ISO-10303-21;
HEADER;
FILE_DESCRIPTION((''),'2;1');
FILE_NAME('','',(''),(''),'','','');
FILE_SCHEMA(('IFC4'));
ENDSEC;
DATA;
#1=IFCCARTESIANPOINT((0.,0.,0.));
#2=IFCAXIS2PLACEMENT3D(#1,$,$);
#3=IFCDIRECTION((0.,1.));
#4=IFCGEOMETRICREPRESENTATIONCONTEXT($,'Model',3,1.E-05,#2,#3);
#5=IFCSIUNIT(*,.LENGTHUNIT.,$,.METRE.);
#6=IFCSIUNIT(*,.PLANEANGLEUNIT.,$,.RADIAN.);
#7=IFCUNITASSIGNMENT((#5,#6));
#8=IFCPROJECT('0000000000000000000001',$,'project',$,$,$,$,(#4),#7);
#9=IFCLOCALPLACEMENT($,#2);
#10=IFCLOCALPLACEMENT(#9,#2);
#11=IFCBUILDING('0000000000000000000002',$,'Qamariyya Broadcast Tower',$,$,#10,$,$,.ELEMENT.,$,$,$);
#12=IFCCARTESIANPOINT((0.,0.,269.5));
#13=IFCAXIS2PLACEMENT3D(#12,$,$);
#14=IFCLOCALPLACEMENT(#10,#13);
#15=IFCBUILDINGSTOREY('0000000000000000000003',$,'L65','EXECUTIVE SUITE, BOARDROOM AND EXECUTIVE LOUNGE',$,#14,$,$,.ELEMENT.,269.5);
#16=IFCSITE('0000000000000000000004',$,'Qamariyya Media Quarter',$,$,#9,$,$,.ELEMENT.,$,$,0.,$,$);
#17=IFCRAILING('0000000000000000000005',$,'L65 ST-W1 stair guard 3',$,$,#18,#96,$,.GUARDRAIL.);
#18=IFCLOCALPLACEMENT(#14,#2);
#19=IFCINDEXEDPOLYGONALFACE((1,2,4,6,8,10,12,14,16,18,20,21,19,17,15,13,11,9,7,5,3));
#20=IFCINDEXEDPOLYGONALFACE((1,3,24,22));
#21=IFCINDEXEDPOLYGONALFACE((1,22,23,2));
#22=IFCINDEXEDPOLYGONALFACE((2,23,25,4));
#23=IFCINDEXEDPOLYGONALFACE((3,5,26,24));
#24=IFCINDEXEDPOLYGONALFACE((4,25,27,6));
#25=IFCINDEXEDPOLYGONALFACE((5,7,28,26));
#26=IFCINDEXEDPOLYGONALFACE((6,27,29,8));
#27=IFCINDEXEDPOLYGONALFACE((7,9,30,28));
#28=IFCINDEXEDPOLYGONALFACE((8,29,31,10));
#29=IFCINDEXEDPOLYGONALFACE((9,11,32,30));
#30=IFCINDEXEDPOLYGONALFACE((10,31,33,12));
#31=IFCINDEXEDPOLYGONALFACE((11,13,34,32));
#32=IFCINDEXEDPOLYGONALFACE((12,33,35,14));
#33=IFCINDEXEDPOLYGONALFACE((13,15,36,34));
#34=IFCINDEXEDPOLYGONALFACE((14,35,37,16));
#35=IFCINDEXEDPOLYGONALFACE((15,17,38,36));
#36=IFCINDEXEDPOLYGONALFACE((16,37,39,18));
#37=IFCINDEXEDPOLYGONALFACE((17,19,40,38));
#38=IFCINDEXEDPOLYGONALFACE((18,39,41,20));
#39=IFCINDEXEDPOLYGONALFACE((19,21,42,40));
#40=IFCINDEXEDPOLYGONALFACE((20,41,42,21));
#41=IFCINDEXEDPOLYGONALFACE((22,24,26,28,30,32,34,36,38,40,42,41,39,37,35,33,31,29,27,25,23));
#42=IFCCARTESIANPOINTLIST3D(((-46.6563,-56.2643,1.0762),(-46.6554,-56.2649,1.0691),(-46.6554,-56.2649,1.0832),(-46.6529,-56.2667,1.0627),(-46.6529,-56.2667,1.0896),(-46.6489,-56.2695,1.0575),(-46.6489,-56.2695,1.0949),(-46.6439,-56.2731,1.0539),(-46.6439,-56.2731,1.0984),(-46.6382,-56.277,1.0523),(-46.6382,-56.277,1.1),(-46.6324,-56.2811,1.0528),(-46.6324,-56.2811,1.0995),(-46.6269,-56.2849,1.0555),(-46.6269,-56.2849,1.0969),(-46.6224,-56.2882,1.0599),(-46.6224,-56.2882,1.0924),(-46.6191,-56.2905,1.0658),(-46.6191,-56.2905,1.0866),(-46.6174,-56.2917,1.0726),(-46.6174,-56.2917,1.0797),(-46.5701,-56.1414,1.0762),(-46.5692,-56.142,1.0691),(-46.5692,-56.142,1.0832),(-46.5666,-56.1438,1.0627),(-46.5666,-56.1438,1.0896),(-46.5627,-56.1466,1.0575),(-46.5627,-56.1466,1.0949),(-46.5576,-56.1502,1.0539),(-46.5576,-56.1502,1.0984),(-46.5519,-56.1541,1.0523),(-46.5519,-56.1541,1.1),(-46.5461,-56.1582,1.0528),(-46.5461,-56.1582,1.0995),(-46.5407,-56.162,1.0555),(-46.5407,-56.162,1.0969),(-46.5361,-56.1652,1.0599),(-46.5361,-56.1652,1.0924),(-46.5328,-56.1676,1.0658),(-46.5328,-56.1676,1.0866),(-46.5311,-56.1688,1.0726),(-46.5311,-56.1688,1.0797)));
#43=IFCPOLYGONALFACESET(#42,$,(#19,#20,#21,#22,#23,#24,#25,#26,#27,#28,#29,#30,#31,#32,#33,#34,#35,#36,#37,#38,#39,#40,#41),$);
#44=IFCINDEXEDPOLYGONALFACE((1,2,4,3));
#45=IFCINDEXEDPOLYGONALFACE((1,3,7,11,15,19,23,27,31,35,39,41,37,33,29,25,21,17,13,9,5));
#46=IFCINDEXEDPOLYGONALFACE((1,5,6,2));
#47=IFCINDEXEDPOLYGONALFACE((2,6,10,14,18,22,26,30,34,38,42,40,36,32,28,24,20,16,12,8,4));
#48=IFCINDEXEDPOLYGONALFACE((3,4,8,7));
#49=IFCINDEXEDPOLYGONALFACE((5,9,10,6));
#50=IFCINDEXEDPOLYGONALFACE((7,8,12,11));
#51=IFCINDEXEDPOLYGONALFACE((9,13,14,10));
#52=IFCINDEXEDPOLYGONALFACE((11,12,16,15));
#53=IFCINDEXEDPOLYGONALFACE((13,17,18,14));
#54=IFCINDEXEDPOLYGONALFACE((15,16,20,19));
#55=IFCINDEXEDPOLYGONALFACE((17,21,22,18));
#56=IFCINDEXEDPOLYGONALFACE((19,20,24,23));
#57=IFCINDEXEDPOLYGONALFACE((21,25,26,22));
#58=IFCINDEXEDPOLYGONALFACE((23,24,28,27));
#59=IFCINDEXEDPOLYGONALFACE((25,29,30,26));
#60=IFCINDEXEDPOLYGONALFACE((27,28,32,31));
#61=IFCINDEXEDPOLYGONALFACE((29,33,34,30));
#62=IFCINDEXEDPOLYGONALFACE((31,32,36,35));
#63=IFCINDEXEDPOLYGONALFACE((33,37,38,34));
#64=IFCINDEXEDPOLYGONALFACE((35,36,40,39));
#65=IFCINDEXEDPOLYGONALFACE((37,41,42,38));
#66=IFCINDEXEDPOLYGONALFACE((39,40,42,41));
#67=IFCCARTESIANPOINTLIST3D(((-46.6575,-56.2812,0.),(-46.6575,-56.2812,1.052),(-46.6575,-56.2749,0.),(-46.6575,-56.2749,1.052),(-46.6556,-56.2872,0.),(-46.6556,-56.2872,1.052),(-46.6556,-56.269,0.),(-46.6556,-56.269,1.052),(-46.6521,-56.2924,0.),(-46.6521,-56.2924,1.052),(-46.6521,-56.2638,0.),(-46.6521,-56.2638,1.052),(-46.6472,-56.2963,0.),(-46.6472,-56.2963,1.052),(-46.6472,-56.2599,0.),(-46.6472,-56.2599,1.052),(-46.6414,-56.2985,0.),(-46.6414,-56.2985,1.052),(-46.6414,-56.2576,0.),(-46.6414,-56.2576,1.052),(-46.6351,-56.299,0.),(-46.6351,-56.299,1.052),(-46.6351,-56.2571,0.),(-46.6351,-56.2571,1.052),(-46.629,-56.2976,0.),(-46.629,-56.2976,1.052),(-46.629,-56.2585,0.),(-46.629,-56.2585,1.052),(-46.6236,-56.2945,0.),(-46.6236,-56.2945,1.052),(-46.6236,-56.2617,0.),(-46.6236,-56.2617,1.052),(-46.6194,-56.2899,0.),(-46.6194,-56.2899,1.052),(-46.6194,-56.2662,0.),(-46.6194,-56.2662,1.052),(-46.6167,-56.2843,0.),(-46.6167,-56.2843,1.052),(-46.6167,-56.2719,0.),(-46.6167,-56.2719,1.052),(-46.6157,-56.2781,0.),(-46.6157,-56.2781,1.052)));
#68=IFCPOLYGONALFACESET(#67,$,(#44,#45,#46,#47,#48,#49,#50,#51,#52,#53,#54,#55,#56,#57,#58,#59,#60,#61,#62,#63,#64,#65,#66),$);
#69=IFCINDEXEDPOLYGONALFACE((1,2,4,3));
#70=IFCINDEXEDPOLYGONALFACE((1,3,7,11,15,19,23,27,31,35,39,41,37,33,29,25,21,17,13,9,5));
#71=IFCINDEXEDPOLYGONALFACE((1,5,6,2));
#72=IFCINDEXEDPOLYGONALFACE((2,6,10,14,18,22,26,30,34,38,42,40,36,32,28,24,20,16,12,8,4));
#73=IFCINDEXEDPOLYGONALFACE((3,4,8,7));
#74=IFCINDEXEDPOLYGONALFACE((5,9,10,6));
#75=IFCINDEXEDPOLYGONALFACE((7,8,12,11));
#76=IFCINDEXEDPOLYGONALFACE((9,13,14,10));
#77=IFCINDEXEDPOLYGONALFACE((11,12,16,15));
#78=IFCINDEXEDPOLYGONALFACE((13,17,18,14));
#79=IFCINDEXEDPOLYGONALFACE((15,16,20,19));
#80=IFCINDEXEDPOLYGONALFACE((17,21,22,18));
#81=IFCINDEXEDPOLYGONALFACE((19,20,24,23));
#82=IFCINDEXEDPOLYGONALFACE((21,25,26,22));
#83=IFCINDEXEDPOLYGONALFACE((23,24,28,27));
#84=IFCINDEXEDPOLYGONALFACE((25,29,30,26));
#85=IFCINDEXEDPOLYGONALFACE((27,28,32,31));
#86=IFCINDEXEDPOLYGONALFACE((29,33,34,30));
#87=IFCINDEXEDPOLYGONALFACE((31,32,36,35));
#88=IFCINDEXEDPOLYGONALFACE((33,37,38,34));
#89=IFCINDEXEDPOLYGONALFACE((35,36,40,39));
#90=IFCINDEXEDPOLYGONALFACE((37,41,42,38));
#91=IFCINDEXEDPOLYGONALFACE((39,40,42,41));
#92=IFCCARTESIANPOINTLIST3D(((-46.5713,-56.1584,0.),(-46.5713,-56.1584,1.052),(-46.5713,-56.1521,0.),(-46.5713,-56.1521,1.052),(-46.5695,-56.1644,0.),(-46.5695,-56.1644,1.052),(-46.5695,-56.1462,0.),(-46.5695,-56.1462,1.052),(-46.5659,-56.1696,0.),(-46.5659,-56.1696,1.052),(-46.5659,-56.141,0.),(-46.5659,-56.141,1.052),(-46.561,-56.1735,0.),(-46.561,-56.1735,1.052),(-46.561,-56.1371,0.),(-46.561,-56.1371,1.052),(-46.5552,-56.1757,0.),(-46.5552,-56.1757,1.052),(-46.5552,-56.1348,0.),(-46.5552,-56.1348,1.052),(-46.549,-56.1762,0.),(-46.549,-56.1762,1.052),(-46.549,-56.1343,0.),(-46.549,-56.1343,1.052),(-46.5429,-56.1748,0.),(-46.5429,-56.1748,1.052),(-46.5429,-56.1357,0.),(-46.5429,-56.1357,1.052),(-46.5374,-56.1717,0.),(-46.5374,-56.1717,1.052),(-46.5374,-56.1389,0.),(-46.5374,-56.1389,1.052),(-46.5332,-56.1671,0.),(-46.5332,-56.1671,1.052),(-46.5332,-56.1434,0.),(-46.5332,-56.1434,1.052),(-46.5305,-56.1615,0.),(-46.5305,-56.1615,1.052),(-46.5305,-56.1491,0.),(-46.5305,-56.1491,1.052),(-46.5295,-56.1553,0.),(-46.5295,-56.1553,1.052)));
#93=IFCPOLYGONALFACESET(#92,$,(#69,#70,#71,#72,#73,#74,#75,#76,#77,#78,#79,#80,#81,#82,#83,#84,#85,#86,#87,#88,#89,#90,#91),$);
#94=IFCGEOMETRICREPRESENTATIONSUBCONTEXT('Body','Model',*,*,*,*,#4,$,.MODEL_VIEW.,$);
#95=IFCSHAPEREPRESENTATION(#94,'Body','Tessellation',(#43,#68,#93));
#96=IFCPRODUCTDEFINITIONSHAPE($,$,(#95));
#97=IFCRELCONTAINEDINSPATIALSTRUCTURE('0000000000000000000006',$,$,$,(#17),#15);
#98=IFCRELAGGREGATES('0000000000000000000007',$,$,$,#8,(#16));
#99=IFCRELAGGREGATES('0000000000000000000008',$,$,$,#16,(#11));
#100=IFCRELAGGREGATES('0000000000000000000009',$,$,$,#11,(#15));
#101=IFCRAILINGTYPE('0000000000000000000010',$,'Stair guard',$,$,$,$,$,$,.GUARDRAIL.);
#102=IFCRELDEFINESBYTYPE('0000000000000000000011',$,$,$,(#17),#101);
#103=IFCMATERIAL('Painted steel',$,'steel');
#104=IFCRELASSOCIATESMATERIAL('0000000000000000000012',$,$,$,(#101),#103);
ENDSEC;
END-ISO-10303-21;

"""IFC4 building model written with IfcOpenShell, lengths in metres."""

from ifc_helpers import new_model, si_unit, direction, frame, origin, origin_2d, place, context, subcontext, project, spatial, circle, extrude, material, type_object, element, save


model = new_model("IFC4")

# Units and contexts
model_context = context("Model", 3, precision=1e-05, world=origin(), true_north=direction((0.0, 1.0)))
body_context = subcontext(model_context, "Body", "Model", "MODEL_VIEW")
ifc_project = project(units=[si_unit("LENGTHUNIT", "METRE"), si_unit("PLANEANGLEUNIT", "RADIAN")], contexts=[model_context])

# Site, building, storey
site_placement = place(None, origin())
site = spatial("IfcSite", under=ifc_project, at=site_placement, Name="Qamariyya Media Quarter", CompositionType="ELEMENT", RefElevation=0.0)
building_placement = place(site_placement, origin())
building = spatial("IfcBuilding", under=site, at=building_placement, Name="Qamariyya Broadcast Tower", CompositionType="ELEMENT")
storey_placement = place(building_placement, frame((0.0, 0.0, 269.5)))
storey = spatial("IfcBuildingStorey", under=building, at=storey_placement, Name="L65", Description="EXECUTIVE SUITE, BOARDROOM AND EXECUTIVE LOUNGE", CompositionType="ELEMENT", Elevation=269.5)

# Railing
ifc_material_1 = material(Name="Painted steel", Category="steel")
railing_type_1 = type_object("IfcRailingType", Name="Stair guard", PredefinedType="GUARDRAIL", material=ifc_material_1)
railing_1_placement = place(storey_placement, frame((-46.6367, -56.2781, 0.0)))
element("IfcRailing", 1, at=railing_1_placement, inside=storey, type_object=railing_type_1, Name="L65 ST-W1 stair guard 3", PredefinedType="GUARDRAIL", context=body_context, shape_type="SweptSolid", body=[
    extrude(circle(Radius=0.0239, at=origin_2d()), frame((0.0, 0.0, 1.0762), z_axis=(0.574445, 0.818543, 0.0), x_axis=(-0.818543, 0.574445, 0.0)), (0.0, 0.0, 1.0), 0.1501),
    extrude(circle(Radius=0.021, at=origin_2d()), origin(), (0.0, 0.0, 1.0), 1.052),
    extrude(circle(Radius=0.021, at=origin_2d()), frame((0.0862, 0.1228, 0.0)), (0.0, 0.0, 1.0), 1.052),
])

save(model, "model.ifc")
